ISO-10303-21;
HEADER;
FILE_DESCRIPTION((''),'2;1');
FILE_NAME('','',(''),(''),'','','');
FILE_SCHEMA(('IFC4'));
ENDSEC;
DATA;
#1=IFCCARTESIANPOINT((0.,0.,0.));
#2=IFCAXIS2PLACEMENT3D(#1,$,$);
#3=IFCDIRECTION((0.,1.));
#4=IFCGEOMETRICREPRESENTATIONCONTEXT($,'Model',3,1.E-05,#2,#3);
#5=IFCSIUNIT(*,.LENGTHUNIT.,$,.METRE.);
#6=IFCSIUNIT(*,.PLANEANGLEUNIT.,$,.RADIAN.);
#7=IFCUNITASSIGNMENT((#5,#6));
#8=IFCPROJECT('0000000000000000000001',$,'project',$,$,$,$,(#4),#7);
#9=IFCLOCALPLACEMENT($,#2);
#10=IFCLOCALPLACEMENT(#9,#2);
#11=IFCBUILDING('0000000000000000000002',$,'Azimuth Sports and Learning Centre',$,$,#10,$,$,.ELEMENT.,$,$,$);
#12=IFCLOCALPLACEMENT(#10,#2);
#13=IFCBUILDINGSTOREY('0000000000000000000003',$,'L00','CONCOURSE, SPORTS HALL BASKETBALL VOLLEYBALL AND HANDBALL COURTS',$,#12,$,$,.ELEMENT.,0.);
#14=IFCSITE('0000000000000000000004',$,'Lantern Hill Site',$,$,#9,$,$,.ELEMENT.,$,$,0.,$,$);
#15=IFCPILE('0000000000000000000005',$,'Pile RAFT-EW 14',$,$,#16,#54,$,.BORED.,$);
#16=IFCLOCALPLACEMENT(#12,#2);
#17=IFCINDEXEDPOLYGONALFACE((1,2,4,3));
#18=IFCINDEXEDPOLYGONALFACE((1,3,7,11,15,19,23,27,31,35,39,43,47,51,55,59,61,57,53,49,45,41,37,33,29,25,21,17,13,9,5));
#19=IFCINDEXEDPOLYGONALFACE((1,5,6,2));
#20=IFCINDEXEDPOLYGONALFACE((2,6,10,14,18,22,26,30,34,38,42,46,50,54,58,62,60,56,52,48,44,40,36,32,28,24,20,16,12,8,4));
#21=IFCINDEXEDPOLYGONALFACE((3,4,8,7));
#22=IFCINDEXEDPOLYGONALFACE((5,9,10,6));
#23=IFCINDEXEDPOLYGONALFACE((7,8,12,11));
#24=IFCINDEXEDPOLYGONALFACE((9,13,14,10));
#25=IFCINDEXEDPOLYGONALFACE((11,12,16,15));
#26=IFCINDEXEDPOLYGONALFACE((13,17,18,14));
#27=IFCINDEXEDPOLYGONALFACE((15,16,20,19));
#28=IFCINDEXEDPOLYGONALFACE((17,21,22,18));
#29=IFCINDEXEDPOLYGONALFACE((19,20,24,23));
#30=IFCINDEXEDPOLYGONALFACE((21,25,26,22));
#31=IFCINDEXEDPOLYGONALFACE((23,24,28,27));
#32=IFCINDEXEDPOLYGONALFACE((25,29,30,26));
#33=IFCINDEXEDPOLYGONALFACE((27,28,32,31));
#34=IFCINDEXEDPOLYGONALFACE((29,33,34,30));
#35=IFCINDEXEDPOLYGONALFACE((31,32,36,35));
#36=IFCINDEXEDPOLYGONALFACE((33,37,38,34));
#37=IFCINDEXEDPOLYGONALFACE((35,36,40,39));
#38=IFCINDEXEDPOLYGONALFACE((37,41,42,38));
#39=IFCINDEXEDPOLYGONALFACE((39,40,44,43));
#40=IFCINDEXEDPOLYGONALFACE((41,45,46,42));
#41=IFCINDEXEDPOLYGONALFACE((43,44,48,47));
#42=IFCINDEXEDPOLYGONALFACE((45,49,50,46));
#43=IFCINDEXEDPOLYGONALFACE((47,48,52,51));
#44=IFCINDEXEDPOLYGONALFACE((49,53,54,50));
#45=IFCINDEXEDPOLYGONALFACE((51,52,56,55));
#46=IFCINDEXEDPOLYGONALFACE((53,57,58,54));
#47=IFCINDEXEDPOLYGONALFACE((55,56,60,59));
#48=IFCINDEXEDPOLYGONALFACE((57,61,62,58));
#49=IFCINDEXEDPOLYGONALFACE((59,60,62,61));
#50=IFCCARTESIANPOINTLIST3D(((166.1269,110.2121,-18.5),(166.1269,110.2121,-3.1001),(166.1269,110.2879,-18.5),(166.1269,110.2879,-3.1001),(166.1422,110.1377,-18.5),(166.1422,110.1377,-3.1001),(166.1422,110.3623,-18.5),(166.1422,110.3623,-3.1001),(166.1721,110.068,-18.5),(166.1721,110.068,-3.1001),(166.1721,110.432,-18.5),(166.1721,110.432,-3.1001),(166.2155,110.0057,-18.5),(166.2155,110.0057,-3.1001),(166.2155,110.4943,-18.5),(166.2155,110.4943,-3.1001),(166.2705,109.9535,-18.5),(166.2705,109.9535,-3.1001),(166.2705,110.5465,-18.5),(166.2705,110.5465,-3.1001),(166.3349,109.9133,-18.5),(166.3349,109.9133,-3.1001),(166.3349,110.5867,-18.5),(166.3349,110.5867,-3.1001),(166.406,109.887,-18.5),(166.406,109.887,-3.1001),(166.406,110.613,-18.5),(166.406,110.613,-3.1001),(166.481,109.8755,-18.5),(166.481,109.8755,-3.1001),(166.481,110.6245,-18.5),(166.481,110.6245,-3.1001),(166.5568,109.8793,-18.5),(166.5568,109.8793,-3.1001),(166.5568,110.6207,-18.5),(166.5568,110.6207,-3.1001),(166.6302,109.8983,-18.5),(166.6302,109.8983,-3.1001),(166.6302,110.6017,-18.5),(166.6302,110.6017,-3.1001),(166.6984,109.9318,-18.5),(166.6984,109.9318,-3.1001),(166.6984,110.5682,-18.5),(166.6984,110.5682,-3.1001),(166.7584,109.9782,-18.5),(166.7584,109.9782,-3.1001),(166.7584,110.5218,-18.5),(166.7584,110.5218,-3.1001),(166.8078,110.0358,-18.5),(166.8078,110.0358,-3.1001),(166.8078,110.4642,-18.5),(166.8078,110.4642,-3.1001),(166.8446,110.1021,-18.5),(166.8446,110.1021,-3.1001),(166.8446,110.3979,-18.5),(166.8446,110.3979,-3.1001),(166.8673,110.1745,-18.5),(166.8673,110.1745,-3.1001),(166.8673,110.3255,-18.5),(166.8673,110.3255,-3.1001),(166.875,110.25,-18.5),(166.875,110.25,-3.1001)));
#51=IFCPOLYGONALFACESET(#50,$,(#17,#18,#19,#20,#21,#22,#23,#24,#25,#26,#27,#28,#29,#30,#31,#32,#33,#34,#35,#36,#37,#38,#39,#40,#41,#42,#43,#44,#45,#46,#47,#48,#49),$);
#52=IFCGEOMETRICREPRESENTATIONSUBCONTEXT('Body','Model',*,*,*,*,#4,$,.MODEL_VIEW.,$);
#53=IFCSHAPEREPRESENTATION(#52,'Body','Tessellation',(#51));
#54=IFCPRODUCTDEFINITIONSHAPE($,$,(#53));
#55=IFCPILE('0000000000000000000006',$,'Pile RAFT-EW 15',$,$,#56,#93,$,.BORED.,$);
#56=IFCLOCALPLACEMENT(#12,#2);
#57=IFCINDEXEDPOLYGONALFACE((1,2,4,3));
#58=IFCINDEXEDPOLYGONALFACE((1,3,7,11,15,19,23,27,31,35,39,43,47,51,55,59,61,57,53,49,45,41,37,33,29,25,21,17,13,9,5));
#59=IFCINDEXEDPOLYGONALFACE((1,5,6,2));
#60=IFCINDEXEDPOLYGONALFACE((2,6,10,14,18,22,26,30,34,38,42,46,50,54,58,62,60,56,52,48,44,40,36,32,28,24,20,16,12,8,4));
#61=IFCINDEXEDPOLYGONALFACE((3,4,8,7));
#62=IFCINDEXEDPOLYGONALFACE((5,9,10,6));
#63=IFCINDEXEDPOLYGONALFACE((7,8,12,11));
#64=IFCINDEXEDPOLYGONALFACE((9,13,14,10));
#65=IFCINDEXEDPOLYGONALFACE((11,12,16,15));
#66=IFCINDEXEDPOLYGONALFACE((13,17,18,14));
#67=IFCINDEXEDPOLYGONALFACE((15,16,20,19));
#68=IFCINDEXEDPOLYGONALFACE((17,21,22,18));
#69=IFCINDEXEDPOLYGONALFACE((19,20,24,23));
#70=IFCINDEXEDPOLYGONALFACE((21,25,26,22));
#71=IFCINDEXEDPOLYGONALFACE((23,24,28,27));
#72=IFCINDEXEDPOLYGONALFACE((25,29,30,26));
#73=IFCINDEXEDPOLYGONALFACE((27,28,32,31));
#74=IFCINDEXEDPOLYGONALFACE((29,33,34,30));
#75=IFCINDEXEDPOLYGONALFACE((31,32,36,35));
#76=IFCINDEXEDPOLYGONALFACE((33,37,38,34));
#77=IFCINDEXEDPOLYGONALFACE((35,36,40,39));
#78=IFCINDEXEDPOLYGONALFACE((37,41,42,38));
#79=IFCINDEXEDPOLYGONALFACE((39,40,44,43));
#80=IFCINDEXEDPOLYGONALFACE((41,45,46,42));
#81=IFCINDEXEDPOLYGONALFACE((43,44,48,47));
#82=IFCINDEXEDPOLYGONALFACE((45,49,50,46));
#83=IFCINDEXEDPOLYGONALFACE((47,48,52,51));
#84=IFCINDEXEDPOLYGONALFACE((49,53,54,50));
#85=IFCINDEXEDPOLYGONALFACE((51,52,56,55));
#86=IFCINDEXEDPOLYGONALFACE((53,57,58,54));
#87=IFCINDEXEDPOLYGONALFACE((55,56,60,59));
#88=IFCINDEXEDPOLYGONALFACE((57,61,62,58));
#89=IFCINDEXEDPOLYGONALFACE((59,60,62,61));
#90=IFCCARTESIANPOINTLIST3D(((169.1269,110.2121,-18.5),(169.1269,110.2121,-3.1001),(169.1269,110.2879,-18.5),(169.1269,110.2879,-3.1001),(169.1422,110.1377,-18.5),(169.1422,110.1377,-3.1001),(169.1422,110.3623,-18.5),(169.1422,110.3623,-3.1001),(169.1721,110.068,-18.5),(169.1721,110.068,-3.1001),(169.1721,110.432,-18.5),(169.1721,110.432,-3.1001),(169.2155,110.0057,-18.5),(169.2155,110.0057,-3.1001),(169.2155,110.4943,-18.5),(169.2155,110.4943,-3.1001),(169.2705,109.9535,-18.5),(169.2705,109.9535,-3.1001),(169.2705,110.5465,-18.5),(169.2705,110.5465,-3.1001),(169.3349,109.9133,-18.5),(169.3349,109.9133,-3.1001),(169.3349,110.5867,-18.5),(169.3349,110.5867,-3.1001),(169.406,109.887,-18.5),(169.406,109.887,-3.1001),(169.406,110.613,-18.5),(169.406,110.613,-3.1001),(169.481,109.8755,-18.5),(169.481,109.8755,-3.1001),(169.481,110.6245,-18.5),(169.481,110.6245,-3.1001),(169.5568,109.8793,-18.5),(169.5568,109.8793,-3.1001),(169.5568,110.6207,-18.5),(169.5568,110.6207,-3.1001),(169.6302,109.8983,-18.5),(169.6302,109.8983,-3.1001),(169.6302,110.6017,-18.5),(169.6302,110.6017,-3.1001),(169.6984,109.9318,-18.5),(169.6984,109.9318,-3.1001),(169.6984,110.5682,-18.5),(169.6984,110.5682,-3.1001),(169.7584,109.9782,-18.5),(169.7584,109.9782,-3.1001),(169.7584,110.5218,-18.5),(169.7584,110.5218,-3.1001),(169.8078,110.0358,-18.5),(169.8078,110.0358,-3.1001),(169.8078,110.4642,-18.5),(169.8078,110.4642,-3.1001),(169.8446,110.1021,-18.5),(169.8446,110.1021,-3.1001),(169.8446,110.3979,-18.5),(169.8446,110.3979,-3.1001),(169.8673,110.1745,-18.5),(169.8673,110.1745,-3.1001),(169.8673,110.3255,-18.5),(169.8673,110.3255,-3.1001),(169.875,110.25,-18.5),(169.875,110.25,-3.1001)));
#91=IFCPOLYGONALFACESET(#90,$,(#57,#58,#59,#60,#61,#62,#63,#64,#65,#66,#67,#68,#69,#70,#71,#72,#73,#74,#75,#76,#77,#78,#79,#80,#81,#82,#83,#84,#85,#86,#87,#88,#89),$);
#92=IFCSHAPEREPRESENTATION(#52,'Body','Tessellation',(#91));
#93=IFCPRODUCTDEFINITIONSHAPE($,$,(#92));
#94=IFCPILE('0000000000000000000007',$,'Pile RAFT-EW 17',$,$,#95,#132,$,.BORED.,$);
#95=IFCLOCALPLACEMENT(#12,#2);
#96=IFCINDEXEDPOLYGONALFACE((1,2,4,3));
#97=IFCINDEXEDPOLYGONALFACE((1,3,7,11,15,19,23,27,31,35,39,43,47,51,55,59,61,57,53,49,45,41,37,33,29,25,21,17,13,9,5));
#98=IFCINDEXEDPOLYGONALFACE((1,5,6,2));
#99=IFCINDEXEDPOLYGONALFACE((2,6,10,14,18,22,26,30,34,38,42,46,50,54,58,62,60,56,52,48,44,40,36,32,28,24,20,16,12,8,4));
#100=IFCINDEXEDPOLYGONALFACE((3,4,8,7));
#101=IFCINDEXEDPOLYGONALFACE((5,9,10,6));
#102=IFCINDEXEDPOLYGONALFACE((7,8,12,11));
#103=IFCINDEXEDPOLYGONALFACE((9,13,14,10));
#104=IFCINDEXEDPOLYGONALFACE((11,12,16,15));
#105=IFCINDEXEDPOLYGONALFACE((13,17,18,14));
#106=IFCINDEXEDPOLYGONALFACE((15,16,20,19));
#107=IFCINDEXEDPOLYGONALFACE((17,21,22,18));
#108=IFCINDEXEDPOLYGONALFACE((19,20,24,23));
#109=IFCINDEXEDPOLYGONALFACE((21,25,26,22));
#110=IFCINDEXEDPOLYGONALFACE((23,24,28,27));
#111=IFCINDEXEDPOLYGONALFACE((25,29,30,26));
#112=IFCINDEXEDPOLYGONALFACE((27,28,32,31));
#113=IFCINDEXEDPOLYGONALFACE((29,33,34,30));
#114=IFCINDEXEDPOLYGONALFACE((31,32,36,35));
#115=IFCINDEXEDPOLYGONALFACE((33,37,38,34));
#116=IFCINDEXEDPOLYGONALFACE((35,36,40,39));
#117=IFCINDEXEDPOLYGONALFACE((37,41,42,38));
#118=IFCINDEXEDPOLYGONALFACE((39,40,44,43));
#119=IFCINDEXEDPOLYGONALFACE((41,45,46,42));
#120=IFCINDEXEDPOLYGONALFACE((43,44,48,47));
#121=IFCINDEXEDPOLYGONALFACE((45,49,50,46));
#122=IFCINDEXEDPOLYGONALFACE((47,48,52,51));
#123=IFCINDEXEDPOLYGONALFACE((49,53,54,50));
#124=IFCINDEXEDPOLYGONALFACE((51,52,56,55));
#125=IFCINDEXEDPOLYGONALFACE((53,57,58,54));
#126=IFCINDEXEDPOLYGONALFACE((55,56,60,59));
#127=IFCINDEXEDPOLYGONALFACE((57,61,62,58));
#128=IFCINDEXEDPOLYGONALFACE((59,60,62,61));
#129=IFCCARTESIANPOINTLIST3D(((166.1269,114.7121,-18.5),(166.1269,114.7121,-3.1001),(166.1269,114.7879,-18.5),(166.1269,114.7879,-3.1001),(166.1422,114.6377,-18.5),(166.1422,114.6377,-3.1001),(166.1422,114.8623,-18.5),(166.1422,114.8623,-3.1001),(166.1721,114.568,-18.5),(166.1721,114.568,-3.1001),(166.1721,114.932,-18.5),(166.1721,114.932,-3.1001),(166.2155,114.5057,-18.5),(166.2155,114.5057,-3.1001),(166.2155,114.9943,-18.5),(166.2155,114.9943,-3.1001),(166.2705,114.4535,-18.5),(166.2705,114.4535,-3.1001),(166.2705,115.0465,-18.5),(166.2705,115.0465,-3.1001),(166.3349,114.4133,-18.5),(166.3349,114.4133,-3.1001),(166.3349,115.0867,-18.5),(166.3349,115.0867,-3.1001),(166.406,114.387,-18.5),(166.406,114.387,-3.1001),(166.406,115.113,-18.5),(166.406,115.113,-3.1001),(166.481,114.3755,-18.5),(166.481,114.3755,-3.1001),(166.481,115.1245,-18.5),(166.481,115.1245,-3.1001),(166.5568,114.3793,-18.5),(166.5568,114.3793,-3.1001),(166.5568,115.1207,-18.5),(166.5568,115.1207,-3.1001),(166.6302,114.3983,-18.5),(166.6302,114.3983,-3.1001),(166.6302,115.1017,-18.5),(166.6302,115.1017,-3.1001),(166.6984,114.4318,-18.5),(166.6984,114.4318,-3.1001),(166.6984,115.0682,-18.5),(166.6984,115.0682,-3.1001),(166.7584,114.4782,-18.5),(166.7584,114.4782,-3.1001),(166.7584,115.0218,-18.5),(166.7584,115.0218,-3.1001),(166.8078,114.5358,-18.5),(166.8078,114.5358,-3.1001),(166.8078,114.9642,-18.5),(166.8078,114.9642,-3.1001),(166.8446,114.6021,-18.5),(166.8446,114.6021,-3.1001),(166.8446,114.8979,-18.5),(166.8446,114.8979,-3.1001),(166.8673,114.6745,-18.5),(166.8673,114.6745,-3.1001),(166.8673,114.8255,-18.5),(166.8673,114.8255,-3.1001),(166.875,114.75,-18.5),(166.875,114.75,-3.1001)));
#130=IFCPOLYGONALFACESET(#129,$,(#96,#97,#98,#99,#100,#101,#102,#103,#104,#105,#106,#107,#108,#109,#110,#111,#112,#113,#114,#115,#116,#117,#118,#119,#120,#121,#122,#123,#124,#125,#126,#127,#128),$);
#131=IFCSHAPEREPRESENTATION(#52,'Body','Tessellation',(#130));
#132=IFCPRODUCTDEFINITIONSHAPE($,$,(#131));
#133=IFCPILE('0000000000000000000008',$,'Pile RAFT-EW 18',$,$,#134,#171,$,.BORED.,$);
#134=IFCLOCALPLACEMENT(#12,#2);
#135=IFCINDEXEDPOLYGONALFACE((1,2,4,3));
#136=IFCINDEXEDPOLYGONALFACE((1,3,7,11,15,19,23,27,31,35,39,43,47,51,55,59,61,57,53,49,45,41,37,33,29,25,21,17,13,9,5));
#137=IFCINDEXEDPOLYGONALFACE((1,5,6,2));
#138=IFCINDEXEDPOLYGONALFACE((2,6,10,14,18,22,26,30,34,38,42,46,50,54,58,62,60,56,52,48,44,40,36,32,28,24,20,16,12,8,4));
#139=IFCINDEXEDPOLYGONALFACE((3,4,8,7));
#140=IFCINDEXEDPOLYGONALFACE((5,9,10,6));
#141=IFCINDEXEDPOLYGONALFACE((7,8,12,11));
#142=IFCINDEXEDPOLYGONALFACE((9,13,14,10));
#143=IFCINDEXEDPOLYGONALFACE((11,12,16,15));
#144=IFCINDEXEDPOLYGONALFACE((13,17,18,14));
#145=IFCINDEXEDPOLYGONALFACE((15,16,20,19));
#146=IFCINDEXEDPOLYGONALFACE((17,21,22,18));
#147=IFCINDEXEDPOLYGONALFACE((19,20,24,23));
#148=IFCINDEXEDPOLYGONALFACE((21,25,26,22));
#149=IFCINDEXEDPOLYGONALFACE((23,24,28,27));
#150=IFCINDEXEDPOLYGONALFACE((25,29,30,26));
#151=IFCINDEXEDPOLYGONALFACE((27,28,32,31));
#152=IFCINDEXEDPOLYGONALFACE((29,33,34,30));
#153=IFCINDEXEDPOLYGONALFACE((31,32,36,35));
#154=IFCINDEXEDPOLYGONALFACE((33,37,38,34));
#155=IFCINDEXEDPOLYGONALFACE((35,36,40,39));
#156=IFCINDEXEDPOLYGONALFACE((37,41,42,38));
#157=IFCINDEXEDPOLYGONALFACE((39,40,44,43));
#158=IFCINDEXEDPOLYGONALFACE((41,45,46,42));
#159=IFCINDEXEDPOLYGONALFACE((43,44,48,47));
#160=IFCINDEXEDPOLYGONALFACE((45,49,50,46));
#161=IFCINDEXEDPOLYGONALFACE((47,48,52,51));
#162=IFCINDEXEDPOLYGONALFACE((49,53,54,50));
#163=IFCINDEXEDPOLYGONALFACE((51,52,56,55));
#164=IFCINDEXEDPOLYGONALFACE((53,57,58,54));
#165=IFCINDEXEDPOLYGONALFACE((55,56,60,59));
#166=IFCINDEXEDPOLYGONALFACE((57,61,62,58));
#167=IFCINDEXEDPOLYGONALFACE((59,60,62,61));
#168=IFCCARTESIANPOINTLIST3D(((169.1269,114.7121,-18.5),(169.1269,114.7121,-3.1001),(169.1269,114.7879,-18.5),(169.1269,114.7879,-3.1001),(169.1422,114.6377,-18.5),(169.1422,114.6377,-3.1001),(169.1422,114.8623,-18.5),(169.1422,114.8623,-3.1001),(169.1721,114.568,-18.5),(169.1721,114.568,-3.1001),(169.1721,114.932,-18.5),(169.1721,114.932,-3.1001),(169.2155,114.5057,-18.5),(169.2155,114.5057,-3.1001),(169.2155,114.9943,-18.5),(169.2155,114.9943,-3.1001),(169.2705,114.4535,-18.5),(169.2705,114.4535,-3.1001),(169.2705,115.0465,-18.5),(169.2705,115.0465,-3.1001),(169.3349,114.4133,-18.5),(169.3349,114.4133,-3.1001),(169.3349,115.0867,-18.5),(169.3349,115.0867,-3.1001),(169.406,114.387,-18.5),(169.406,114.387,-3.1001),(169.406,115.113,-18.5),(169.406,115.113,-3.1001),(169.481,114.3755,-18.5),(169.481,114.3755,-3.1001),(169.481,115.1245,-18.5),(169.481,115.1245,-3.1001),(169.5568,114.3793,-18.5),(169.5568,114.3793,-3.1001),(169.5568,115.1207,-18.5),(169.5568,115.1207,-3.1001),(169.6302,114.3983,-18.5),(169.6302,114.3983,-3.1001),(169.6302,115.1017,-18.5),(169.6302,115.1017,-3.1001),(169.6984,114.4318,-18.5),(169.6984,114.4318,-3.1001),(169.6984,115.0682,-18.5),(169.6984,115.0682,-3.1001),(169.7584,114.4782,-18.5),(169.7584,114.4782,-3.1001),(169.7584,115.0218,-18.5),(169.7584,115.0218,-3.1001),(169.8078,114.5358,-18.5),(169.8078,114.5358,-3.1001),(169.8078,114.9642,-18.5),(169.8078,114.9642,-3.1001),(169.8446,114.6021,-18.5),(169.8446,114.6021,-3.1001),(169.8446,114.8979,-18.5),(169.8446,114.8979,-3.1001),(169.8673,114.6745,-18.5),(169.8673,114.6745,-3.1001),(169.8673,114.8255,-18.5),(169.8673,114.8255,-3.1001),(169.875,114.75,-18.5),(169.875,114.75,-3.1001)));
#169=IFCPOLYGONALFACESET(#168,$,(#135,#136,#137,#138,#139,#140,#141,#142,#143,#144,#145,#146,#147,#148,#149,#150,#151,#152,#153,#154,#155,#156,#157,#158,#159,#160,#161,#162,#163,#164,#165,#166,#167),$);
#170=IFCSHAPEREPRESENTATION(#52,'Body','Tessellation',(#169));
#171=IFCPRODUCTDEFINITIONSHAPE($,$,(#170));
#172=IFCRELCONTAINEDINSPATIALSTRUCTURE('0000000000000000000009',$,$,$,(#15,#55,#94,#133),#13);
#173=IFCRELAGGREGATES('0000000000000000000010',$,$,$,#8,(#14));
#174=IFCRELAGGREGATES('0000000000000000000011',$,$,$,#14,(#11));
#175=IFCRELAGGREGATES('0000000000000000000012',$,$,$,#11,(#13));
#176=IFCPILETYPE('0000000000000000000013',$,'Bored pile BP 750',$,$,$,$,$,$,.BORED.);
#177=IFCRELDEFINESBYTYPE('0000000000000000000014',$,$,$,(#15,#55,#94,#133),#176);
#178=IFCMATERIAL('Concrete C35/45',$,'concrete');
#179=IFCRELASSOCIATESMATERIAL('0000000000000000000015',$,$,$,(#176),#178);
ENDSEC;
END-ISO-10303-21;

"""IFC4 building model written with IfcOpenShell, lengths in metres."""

from ifc_helpers import new_model, si_unit, direction, frame, origin, origin_2d, place, context, subcontext, project, spatial, circle, extrude, material, material_profile, profile_set, type_object, element, save


model = new_model("IFC4")

# Units and contexts
model_context = context("Model", 3, precision=1e-05, world=origin(), true_north=direction((0.0, 1.0)))
body_context = subcontext(model_context, "Body", "Model", "MODEL_VIEW")
ifc_project = project(units=[si_unit("LENGTHUNIT", "METRE"), si_unit("PLANEANGLEUNIT", "RADIAN")], contexts=[model_context])

# Site, building, storey
site_placement = place(None, origin())
site = spatial("IfcSite", under=ifc_project, at=site_placement, Name="Lantern Hill Site", CompositionType="ELEMENT", RefElevation=0.0)
building_placement = place(site_placement, origin())
building = spatial("IfcBuilding", under=site, at=building_placement, Name="Azimuth Sports and Learning Centre", CompositionType="ELEMENT")
storey_placement = place(building_placement, origin())
storey = spatial("IfcBuildingStorey", under=building, at=storey_placement, Name="L00", Description="CONCOURSE, SPORTS HALL BASKETBALL VOLLEYBALL AND HANDBALL COURTS", CompositionType="ELEMENT", Elevation=0.0)

# Piles
ifc_material_1 = material(Name="Concrete C35/45", Category="concrete")
ifc_material_profile_1 = material_profile(ifc_material_1, circle(Radius=0.375, at=origin_2d()), Name="BP 750")
ifc_profile_set_1 = profile_set([ifc_material_profile_1], Name="Concrete C35/45")
pile_type = type_object("IfcPileType", Name="Bored pile BP 750", PredefinedType="BORED", material=ifc_profile_set_1)
for number, where, z_axis, x_axis, name in (
    (1, (166.5, 110.25, -3.1001), (0.0, 0.0, -1.0), (1.0, 0.0, 0.0), "Pile RAFT-EW 14"),
    (2, (169.5, 110.25, -3.1001), (0.0, 0.0, -1.0), (1.0, 0.0, 0.0), "Pile RAFT-EW 15"),
    (3, (166.5, 114.75, -3.1001), (0.0, 0.0, -1.0), (1.0, 0.0, 0.0), "Pile RAFT-EW 17"),
    (4, (169.5, 114.75, -3.1001), (0.0, 0.0, -1.0), (1.0, 0.0, 0.0), "Pile RAFT-EW 18"),
):
    element("IfcPile", number, at=place(storey_placement, frame(where, z_axis=z_axis, x_axis=x_axis)), inside=storey, type_object=pile_type, Name=name, PredefinedType="BORED", context=body_context, shape_type="SweptSolid", body=[
        extrude(circle(Radius=0.375, at=origin_2d()), origin(), (0.0, 0.0, 1.0), 15.3999),
    ])

save(model, "model.ifc")
